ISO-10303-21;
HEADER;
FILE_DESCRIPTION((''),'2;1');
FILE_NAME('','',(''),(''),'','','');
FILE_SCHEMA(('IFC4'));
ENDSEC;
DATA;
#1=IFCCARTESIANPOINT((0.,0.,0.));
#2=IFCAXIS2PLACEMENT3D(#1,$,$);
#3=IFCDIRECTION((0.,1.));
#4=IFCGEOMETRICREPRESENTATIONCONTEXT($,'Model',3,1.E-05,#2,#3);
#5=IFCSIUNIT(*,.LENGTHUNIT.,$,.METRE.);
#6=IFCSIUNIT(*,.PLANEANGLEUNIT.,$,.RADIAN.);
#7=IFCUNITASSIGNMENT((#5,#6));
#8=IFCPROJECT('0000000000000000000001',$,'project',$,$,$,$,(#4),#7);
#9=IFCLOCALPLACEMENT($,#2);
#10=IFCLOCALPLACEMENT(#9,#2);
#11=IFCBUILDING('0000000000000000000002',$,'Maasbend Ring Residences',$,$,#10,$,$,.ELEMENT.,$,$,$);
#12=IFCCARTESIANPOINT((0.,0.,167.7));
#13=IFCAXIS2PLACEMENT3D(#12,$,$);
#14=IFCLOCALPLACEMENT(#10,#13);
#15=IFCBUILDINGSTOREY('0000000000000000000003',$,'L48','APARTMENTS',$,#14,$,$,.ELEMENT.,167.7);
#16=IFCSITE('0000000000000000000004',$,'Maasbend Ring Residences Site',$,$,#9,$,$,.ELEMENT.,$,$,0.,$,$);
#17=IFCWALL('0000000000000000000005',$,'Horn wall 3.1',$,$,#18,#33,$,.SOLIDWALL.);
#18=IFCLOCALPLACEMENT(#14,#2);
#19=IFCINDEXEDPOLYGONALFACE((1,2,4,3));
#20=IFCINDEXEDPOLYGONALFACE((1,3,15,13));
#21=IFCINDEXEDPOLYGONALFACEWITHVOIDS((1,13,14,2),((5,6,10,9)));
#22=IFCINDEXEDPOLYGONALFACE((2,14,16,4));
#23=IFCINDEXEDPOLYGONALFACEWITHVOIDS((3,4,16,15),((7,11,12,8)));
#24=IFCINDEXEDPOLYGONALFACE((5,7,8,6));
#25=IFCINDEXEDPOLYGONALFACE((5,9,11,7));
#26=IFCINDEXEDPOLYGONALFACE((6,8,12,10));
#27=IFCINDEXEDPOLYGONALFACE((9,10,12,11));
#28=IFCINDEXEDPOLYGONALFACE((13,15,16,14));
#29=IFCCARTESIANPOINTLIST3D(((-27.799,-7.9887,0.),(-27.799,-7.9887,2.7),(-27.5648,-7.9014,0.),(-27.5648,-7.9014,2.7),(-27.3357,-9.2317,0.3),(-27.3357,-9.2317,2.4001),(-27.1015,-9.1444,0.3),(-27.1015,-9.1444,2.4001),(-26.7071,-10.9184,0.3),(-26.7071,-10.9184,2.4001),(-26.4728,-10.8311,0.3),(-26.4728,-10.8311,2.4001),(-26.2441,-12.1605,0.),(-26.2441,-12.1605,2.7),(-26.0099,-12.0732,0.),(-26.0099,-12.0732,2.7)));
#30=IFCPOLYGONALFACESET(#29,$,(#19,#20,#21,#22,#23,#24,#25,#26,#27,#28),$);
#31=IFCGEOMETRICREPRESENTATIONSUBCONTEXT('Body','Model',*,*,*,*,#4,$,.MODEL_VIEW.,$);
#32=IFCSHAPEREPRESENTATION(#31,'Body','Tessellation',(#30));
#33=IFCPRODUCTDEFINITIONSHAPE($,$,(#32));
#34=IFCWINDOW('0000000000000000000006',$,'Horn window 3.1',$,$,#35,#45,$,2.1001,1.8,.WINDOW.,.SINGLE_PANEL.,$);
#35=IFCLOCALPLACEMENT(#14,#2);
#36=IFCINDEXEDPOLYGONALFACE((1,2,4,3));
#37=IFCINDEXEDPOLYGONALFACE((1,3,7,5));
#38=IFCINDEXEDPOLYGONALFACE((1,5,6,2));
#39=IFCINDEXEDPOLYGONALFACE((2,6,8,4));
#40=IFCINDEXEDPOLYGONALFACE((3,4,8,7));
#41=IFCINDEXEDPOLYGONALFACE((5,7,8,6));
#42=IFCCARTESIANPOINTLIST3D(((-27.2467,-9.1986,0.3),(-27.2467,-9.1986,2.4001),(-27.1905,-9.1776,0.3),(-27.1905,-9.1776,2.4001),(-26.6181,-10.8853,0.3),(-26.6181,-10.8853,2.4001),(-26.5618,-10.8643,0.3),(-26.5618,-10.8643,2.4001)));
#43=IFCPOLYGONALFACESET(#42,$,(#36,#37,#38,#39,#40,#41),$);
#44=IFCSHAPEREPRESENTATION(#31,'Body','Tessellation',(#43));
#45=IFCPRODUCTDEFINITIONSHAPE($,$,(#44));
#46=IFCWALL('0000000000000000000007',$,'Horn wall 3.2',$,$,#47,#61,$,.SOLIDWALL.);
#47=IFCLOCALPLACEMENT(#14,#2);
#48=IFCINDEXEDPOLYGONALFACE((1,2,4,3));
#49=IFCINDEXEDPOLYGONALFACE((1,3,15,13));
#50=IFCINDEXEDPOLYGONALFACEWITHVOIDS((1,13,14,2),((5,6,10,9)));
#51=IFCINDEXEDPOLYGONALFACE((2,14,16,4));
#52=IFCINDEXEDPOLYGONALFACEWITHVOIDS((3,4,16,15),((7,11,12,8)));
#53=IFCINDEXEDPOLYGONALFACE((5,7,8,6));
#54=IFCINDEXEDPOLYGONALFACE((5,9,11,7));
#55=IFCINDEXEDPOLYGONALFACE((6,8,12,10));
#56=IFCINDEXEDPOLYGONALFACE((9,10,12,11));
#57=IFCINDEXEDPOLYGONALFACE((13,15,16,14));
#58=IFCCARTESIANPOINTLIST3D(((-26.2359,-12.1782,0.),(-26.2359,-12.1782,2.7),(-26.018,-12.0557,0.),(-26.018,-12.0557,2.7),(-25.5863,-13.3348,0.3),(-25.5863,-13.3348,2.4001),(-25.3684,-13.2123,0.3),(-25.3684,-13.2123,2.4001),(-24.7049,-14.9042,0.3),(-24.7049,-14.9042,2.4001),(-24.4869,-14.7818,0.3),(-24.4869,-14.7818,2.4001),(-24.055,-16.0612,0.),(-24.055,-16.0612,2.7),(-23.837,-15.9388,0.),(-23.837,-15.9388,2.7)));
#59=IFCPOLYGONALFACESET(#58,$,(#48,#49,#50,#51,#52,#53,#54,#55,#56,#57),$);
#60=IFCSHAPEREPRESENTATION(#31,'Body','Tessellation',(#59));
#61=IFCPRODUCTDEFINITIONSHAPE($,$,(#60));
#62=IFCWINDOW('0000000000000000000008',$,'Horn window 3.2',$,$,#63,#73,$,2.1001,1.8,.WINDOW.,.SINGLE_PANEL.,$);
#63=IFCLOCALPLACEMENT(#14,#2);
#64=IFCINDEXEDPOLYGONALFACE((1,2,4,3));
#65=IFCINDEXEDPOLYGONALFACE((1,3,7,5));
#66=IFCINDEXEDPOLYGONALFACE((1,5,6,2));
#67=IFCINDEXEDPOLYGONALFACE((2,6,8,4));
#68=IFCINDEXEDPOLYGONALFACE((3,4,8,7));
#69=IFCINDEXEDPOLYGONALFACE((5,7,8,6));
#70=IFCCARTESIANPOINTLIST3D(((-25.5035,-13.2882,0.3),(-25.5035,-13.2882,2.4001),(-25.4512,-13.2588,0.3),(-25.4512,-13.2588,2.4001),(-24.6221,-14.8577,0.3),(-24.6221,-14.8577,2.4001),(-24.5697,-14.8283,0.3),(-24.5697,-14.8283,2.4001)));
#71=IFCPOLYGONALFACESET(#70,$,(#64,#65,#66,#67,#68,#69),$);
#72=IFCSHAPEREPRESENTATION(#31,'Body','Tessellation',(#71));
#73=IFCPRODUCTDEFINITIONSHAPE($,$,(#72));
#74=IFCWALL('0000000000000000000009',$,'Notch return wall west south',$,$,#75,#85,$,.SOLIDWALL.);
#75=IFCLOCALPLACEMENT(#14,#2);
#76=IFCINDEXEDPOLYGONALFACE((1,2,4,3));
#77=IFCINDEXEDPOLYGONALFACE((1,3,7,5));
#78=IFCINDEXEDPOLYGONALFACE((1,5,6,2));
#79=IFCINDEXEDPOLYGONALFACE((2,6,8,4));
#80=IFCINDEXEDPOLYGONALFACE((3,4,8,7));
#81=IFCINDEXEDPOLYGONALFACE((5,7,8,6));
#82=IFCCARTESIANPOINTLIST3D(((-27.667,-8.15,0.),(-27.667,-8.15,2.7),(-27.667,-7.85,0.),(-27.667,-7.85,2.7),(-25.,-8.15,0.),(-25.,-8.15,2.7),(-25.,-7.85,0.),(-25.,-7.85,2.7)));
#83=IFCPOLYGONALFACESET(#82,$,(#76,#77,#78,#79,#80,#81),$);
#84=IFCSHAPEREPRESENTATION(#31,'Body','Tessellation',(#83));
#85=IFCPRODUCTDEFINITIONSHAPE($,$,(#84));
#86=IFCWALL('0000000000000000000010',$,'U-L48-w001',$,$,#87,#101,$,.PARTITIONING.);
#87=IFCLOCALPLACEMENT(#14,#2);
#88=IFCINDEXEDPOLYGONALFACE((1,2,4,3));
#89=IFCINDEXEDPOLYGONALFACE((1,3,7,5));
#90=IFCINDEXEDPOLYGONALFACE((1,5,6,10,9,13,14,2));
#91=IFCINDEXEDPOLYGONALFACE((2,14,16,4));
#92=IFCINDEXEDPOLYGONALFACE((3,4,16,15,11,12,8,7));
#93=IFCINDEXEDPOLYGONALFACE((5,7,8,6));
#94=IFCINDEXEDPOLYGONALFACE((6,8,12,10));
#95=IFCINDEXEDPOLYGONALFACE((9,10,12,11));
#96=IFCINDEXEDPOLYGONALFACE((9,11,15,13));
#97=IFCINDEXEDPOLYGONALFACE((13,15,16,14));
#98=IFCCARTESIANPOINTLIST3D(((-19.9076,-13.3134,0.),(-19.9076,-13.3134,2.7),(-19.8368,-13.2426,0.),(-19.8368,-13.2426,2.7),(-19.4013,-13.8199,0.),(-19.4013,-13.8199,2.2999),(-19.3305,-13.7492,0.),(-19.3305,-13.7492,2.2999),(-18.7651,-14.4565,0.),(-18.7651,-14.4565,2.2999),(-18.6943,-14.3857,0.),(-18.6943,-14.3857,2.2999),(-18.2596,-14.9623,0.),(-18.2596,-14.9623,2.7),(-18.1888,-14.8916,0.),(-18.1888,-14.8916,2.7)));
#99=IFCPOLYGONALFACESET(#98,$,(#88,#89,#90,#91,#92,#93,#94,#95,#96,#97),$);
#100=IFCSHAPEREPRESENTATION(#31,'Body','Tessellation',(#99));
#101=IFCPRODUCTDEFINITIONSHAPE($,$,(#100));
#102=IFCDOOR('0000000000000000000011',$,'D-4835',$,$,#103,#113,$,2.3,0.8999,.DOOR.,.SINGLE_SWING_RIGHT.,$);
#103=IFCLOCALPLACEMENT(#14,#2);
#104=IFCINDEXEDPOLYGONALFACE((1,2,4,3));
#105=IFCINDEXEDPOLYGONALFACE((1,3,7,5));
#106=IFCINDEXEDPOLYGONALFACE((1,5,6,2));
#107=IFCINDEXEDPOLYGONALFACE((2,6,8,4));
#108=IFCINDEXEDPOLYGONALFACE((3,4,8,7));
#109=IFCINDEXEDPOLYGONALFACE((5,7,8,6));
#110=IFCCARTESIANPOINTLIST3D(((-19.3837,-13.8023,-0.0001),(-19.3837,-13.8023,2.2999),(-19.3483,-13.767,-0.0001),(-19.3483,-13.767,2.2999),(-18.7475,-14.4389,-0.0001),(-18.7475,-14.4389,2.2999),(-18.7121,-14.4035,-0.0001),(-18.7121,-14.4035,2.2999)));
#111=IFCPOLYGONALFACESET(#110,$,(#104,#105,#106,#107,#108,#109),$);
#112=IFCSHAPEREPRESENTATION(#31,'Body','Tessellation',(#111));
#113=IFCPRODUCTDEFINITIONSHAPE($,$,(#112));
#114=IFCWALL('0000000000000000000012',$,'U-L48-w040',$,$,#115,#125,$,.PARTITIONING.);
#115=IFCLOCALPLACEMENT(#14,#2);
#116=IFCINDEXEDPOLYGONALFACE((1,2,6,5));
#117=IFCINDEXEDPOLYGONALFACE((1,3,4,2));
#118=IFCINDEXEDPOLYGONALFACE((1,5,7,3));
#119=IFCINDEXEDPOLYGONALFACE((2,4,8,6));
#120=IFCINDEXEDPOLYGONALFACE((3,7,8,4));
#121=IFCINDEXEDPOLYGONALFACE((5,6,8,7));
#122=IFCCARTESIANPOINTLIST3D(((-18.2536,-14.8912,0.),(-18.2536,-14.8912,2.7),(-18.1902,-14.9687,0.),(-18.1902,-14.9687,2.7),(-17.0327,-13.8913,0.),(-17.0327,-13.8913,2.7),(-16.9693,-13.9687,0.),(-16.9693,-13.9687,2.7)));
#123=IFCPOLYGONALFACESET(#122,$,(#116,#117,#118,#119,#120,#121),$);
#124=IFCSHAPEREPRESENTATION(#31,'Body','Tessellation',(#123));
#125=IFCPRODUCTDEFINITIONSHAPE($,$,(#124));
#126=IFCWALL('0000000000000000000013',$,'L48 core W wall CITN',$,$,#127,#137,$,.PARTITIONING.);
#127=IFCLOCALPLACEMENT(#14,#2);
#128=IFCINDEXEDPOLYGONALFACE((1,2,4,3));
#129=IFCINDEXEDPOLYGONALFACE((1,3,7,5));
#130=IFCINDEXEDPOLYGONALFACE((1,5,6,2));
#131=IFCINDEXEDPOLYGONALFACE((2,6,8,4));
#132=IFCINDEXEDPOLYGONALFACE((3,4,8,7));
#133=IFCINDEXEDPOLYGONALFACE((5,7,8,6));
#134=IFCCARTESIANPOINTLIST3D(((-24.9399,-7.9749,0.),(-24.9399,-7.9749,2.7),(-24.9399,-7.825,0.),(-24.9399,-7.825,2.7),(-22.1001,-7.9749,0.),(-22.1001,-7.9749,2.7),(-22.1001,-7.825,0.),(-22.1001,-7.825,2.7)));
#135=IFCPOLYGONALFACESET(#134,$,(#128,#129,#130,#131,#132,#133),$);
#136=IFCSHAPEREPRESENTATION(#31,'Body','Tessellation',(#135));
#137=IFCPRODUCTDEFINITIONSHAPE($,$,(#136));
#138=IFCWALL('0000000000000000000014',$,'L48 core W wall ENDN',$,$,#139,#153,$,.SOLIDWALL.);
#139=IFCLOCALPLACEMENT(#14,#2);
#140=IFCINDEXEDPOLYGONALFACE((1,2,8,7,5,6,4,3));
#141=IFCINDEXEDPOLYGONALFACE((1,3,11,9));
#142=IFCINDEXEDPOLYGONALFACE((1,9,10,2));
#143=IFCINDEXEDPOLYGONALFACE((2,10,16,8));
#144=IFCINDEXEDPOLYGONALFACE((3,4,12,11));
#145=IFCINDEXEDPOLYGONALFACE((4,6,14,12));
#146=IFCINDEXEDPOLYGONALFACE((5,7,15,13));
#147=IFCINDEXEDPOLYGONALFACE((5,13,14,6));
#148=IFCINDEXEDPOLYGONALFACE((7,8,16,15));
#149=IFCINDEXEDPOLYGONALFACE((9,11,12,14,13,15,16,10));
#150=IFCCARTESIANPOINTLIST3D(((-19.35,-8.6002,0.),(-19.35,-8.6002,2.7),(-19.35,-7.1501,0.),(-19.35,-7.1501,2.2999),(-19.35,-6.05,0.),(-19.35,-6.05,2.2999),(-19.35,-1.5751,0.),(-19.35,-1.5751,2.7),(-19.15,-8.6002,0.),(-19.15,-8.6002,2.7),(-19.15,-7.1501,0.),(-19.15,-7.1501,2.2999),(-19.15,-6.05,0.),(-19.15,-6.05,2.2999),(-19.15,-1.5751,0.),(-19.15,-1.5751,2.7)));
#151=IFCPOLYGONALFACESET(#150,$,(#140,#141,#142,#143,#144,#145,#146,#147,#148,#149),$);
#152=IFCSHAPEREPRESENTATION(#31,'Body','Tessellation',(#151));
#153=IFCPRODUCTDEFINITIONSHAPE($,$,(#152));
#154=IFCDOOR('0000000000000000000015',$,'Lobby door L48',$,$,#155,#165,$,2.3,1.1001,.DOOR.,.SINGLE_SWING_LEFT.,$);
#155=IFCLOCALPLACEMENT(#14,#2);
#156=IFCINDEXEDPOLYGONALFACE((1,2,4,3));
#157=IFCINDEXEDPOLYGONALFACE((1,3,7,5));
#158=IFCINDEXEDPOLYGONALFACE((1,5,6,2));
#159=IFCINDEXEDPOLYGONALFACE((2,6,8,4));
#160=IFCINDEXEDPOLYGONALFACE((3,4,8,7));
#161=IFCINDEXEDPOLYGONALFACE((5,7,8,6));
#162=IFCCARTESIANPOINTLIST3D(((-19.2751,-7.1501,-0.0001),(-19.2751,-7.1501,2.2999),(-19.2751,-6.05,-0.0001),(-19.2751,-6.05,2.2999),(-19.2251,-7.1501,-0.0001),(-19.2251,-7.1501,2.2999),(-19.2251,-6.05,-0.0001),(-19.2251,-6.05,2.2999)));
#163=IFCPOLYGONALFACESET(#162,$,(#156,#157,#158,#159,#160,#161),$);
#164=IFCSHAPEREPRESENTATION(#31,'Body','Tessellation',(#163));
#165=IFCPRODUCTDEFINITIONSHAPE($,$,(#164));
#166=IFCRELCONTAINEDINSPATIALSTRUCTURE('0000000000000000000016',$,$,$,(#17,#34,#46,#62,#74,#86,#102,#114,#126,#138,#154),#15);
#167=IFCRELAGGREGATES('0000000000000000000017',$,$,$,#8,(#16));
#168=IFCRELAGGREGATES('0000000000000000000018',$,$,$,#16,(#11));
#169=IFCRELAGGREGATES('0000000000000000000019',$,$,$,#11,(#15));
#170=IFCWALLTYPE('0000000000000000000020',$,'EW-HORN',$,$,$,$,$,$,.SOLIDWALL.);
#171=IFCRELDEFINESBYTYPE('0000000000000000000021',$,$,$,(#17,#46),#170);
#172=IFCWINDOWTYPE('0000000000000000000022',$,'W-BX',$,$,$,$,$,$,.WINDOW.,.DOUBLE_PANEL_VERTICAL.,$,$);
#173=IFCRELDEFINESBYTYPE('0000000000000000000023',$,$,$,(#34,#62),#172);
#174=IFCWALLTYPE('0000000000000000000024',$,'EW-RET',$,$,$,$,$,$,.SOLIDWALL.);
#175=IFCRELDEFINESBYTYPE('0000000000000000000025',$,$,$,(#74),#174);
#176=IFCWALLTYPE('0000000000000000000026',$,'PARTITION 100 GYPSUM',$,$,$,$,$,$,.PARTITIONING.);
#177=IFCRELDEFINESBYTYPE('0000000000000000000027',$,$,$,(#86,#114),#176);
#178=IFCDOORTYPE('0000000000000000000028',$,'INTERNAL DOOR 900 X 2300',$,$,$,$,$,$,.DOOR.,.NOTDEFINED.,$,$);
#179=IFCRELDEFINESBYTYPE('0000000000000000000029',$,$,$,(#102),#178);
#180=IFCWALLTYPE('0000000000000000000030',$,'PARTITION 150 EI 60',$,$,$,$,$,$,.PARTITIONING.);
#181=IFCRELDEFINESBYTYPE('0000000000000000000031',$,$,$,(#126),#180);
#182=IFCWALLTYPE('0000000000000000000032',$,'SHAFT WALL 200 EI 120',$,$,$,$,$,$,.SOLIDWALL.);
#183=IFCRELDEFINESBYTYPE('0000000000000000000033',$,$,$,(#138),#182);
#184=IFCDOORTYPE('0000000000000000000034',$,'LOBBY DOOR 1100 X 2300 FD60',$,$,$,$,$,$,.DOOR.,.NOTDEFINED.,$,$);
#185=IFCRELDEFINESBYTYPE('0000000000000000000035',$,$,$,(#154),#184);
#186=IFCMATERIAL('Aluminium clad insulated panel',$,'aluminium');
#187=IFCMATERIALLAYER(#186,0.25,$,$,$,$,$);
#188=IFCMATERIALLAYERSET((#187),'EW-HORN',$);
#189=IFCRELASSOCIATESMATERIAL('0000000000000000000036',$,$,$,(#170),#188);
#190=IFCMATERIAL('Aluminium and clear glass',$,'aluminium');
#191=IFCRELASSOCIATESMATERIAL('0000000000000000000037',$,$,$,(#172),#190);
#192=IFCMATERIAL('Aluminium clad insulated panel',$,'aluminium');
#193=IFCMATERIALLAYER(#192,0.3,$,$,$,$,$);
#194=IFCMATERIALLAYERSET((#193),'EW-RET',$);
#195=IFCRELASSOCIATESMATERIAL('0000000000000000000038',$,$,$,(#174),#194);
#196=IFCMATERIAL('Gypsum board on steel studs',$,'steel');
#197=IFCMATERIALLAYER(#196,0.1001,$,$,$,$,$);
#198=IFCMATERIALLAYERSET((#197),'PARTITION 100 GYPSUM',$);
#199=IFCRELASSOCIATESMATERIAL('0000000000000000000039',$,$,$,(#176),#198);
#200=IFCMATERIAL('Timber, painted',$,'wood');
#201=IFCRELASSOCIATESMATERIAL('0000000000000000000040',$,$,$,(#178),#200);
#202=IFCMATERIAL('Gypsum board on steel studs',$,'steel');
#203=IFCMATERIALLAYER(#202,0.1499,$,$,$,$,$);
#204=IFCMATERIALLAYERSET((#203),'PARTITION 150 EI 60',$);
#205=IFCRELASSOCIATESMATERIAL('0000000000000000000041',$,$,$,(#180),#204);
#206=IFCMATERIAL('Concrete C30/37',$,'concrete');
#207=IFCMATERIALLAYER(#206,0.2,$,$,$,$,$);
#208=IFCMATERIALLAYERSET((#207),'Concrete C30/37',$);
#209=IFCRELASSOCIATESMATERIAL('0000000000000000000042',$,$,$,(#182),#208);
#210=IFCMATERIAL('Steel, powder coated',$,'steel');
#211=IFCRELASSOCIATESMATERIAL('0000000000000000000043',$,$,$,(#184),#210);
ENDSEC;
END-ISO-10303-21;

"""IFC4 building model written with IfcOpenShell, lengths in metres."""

from ifc_helpers import new_model, si_unit, direction, frame, frame_2d, origin, place, context, subcontext, project, spatial, rectangle, extrude, material, layer, layer_set, type_object, element, fill, save


model = new_model("IFC4")

# Units and contexts
model_context = context("Model", 3, precision=1e-05, world=origin(), true_north=direction((0.0, 1.0)))
body_context = subcontext(model_context, "Body", "Model", "MODEL_VIEW")
ifc_project = project(units=[si_unit("LENGTHUNIT", "METRE"), si_unit("PLANEANGLEUNIT", "RADIAN")], contexts=[model_context])

# Site, building, storey
site_placement = place(None, origin())
site = spatial("IfcSite", under=ifc_project, at=site_placement, Name="Maasbend Ring Residences Site", CompositionType="ELEMENT", RefElevation=0.0)
building_placement = place(site_placement, origin())
building = spatial("IfcBuilding", under=site, at=building_placement, Name="Maasbend Ring Residences", CompositionType="ELEMENT")
storey_placement = place(building_placement, frame((0.0, 0.0, 167.7)))
storey = spatial("IfcBuildingStorey", under=building, at=storey_placement, Name="L48", Description="APARTMENTS", CompositionType="ELEMENT", Elevation=167.7)

# Walls, openings, windows
ifc_material_1 = material(Name="Aluminium clad insulated panel", Category="aluminium")
ifc_layer_1 = layer(ifc_material_1, 0.25)
ifc_layer_set_1 = layer_set([ifc_layer_1], Name="EW-HORN")
wall_type_1 = type_object("IfcWallType", Name="EW-HORN", PredefinedType="SOLIDWALL", material=ifc_layer_set_1)
wall_1_placement = place(storey_placement, frame((-27.6819, -7.9451, 0.0), z_axis=(0.0, 0.0, 1.0), x_axis=(0.349248, -0.93703, 0.0)))
wall_1 = element("IfcWall", 1, at=wall_1_placement, inside=storey, type_object=wall_type_1, Name="Horn wall 3.1", PredefinedType="SOLIDWALL", context=body_context, shape_type="SweptSolid", body=[
    extrude(rectangle(XDim=4.4521, YDim=0.25, at=frame_2d((2.2261, 0.0))), origin(), (0.0, 0.0, 1.0), 2.7),
])
opening_1_placement = place(wall_1_placement, frame((1.3267, 0.0, 0.3)))
opening_1 = element("IfcOpeningElement", 2, at=opening_1_placement, cuts=wall_1, PredefinedType="OPENING", context=body_context, shape_type="SweptSolid", body=[
    extrude(rectangle(XDim=1.8, YDim=2.1001, at=frame_2d((0.8999, 1.05))), frame((0.0, 0.135, 0.0), z_axis=(0.0, -1.0, 0.0), x_axis=(1.0, 0.0, 0.0)), (0.0, 0.0, 1.0), 0.27),
])
ifc_material_2 = material(Name="Aluminium and clear glass", Category="aluminium")
window_type = type_object("IfcWindowType", Name="W-BX", PartitioningType="DOUBLE_PANEL_VERTICAL", PredefinedType="WINDOW", material=ifc_material_2)
window_1_placement = place(opening_1_placement, origin())
window_1 = element("IfcWindow", 3, at=window_1_placement, inside=storey, type_object=window_type, Name="Horn window 3.1", OverallHeight=2.1001, OverallWidth=1.8, PartitioningType="SINGLE_PANEL", PredefinedType="WINDOW", context=body_context, shape_type="SweptSolid", body=[
    extrude(rectangle(XDim=1.8, YDim=2.1001, at=frame_2d((0.8999, 1.05))), frame((0.0, 0.03, 0.0), z_axis=(0.0, -1.0, 0.0), x_axis=(1.0, 0.0, 0.0)), (0.0, 0.0, 1.0), 0.0601),
])
fill(opening_1, window_1)
wall_2_placement = place(storey_placement, frame((-26.127, -12.1169, 0.0), z_axis=(0.0, 0.0, 1.0), x_axis=(0.489696, -0.871893, 0.0)))
wall_2 = element("IfcWall", 4, at=wall_2_placement, inside=storey, type_object=wall_type_1, Name="Horn wall 3.2", PredefinedType="SOLIDWALL", context=body_context, shape_type="SweptSolid", body=[
    extrude(rectangle(XDim=4.4536, YDim=0.25, at=frame_2d((2.2268, 0.0))), origin(), (0.0, 0.0, 1.0), 2.7),
])
opening_2_placement = place(wall_2_placement, frame((1.3267, 0.0, 0.3)))
opening_2 = element("IfcOpeningElement", 5, at=opening_2_placement, cuts=wall_2, PredefinedType="OPENING", context=body_context, shape_type="SweptSolid", body=[
    extrude(rectangle(XDim=1.8, YDim=2.1001, at=frame_2d((0.8999, 1.05))), frame((0.0, 0.135, 0.0), z_axis=(0.0, -1.0, 0.0), x_axis=(1.0, 0.0, 0.0)), (0.0, 0.0, 1.0), 0.27),
])
window_2_placement = place(opening_2_placement, origin())
window_2 = element("IfcWindow", 6, at=window_2_placement, inside=storey, type_object=window_type, Name="Horn window 3.2", OverallHeight=2.1001, OverallWidth=1.8, PartitioningType="SINGLE_PANEL", PredefinedType="WINDOW", context=body_context, shape_type="SweptSolid", body=[
    extrude(rectangle(XDim=1.8, YDim=2.1001, at=frame_2d((0.8999, 1.05))), frame((0.0, 0.03, 0.0), z_axis=(0.0, -1.0, 0.0), x_axis=(1.0, 0.0, 0.0)), (0.0, 0.0, 1.0), 0.0601),
])
fill(opening_2, window_2)

# Wall
ifc_material_3 = material(Name="Aluminium clad insulated panel", Category="aluminium")
ifc_layer_2 = layer(ifc_material_3, 0.3)
ifc_layer_set_2 = layer_set([ifc_layer_2], Name="EW-RET")
wall_type_2 = type_object("IfcWallType", Name="EW-RET", PredefinedType="SOLIDWALL", material=ifc_layer_set_2)
wall_3_placement = place(storey_placement, frame((-25.0, -8.0, 0.0), z_axis=(0.0, 0.0, 1.0), x_axis=(-1.0, 0.0, 0.0)))
element("IfcWall", 7, at=wall_3_placement, inside=storey, type_object=wall_type_2, Name="Notch return wall west south", PredefinedType="SOLIDWALL", context=body_context, shape_type="SweptSolid", body=[
    extrude(rectangle(XDim=2.667, YDim=0.3, at=frame_2d((1.3335, 0.0))), origin(), (0.0, 0.0, 1.0), 2.7),
])

# Wall, opening, door
ifc_material_4 = material(Name="Gypsum board on steel studs", Category="steel")
ifc_layer_3 = layer(ifc_material_4, 0.1001)
ifc_layer_set_3 = layer_set([ifc_layer_3], Name="PARTITION 100 GYPSUM")
wall_type_3 = type_object("IfcWallType", Name="PARTITION 100 GYPSUM", PredefinedType="PARTITIONING", material=ifc_layer_set_3)
wall_4_placement = place(storey_placement, frame((-19.8721, -13.2781, 0.0), z_axis=(0.0, 0.0, 1.0), x_axis=(0.706897, -0.707316, 0.0)))
wall_4 = element("IfcWall", 8, at=wall_4_placement, inside=storey, type_object=wall_type_3, Name="U-L48-w001", PredefinedType="PARTITIONING", context=body_context, shape_type="SweptSolid", body=[
    extrude(rectangle(XDim=2.3313, YDim=0.1001, at=frame_2d((1.1655, 0.0))), origin(), (0.0, 0.0, 1.0), 2.7),
])
opening_3_placement = place(wall_4_placement, frame((0.7161, 0.0, 0.0)))
opening_3 = element("IfcOpeningElement", 9, at=opening_3_placement, cuts=wall_4, PredefinedType="OPENING", context=body_context, shape_type="SweptSolid", body=[
    extrude(rectangle(XDim=0.8999, YDim=2.3, at=frame_2d((0.45, 1.1499))), frame((0.0, 0.0601, 0.0), z_axis=(0.0, -1.0, 0.0), x_axis=(1.0, 0.0, 0.0)), (0.0, 0.0, 1.0), 0.1201),
])
ifc_material_5 = material(Name="Timber, painted", Category="wood")
door_type_1 = type_object("IfcDoorType", Name="INTERNAL DOOR 900 X 2300", OperationType="NOTDEFINED", PredefinedType="DOOR", material=ifc_material_5)
door_1_placement = place(opening_3_placement, origin())
door_1 = element("IfcDoor", 10, at=door_1_placement, inside=storey, type_object=door_type_1, Name="D-4835", OperationType="SINGLE_SWING_RIGHT", OverallHeight=2.3, OverallWidth=0.8999, PredefinedType="DOOR", context=body_context, shape_type="SweptSolid", body=[
    extrude(rectangle(XDim=0.8999, YDim=2.3, at=frame_2d((0.45, 1.1499))), frame((0.0, 0.0249, 0.0), z_axis=(0.0, -1.0, 0.0), x_axis=(1.0, 0.0, 0.0)), (0.0, 0.0, 1.0), 0.05),
])
fill(opening_3, door_1)

# Walls
wall_5_placement = place(storey_placement, frame((-18.2219, -14.9299, 0.0), z_axis=(0.0, 0.0, 1.0), x_axis=(0.773633, 0.633634, 0.0)))
element("IfcWall", 11, at=wall_5_placement, inside=storey, type_object=wall_type_3, Name="U-L48-w040", PredefinedType="PARTITIONING", context=body_context, shape_type="SweptSolid", body=[
    extrude(rectangle(XDim=1.5781, YDim=0.1001, at=frame_2d((0.7891, 0.0))), origin(), (0.0, 0.0, 1.0), 2.7),
])
ifc_material_6 = material(Name="Gypsum board on steel studs", Category="steel")
ifc_layer_4 = layer(ifc_material_6, 0.1499)
ifc_layer_set_4 = layer_set([ifc_layer_4], Name="PARTITION 150 EI 60")
wall_type_4 = type_object("IfcWallType", Name="PARTITION 150 EI 60", PredefinedType="PARTITIONING", material=ifc_layer_set_4)
wall_6_placement = place(storey_placement, frame((-22.1001, -7.8999, 0.0), z_axis=(0.0, 0.0, 1.0), x_axis=(-1.0, 0.0, 0.0)))
element("IfcWall", 12, at=wall_6_placement, inside=storey, type_object=wall_type_4, Name="L48 core W wall CITN", PredefinedType="PARTITIONING", context=body_context, shape_type="SweptSolid", body=[
    extrude(rectangle(XDim=2.8398, YDim=0.1499, at=frame_2d((1.4199, 0.0))), origin(), (0.0, 0.0, 1.0), 2.7),
])

# Wall, opening, door
ifc_material_7 = material(Name="Concrete C30/37", Category="concrete")
ifc_layer_5 = layer(ifc_material_7, 0.2)
ifc_layer_set_5 = layer_set([ifc_layer_5], Name="Concrete C30/37")
wall_type_5 = type_object("IfcWallType", Name="SHAFT WALL 200 EI 120", PredefinedType="SOLIDWALL", material=ifc_layer_set_5)
wall_7_placement = place(storey_placement, frame((-19.25, -1.575, 0.0), z_axis=(0.0, 0.0, 1.0), x_axis=(0.0, -1.0, 0.0)))
wall_7 = element("IfcWall", 13, at=wall_7_placement, inside=storey, type_object=wall_type_5, Name="L48 core W wall ENDN", PredefinedType="SOLIDWALL", context=body_context, shape_type="SweptSolid", body=[
    extrude(rectangle(XDim=7.0251, YDim=0.2, at=frame_2d((3.5127, 0.0))), origin(), (0.0, 0.0, 1.0), 2.7),
])
opening_4_placement = place(wall_7_placement, frame((4.4751, 0.0, 0.0)))
opening_4 = element("IfcOpeningElement", 14, at=opening_4_placement, cuts=wall_7, PredefinedType="OPENING", context=body_context, shape_type="SweptSolid", body=[
    extrude(rectangle(XDim=1.1001, YDim=2.3, at=frame_2d((0.55, 1.1499))), frame((0.0, 0.1099, 0.0), z_axis=(0.0, -1.0, 0.0), x_axis=(1.0, 0.0, 0.0)), (0.0, 0.0, 1.0), 0.22),
])
ifc_material_8 = material(Name="Steel, powder coated", Category="steel")
door_type_2 = type_object("IfcDoorType", Name="LOBBY DOOR 1100 X 2300 FD60", OperationType="NOTDEFINED", PredefinedType="DOOR", material=ifc_material_8)
door_2_placement = place(opening_4_placement, origin())
door_2 = element("IfcDoor", 15, at=door_2_placement, inside=storey, type_object=door_type_2, Name="Lobby door L48", OperationType="SINGLE_SWING_LEFT", OverallHeight=2.3, OverallWidth=1.1001, PredefinedType="DOOR", context=body_context, shape_type="SweptSolid", body=[
    extrude(rectangle(XDim=1.1001, YDim=2.3, at=frame_2d((0.55, 1.1499))), frame((0.0, 0.0249, 0.0), z_axis=(0.0, -1.0, 0.0), x_axis=(1.0, 0.0, 0.0)), (0.0, 0.0, 1.0), 0.05),
])
fill(opening_4, door_2)

save(model, "model.ifc")
